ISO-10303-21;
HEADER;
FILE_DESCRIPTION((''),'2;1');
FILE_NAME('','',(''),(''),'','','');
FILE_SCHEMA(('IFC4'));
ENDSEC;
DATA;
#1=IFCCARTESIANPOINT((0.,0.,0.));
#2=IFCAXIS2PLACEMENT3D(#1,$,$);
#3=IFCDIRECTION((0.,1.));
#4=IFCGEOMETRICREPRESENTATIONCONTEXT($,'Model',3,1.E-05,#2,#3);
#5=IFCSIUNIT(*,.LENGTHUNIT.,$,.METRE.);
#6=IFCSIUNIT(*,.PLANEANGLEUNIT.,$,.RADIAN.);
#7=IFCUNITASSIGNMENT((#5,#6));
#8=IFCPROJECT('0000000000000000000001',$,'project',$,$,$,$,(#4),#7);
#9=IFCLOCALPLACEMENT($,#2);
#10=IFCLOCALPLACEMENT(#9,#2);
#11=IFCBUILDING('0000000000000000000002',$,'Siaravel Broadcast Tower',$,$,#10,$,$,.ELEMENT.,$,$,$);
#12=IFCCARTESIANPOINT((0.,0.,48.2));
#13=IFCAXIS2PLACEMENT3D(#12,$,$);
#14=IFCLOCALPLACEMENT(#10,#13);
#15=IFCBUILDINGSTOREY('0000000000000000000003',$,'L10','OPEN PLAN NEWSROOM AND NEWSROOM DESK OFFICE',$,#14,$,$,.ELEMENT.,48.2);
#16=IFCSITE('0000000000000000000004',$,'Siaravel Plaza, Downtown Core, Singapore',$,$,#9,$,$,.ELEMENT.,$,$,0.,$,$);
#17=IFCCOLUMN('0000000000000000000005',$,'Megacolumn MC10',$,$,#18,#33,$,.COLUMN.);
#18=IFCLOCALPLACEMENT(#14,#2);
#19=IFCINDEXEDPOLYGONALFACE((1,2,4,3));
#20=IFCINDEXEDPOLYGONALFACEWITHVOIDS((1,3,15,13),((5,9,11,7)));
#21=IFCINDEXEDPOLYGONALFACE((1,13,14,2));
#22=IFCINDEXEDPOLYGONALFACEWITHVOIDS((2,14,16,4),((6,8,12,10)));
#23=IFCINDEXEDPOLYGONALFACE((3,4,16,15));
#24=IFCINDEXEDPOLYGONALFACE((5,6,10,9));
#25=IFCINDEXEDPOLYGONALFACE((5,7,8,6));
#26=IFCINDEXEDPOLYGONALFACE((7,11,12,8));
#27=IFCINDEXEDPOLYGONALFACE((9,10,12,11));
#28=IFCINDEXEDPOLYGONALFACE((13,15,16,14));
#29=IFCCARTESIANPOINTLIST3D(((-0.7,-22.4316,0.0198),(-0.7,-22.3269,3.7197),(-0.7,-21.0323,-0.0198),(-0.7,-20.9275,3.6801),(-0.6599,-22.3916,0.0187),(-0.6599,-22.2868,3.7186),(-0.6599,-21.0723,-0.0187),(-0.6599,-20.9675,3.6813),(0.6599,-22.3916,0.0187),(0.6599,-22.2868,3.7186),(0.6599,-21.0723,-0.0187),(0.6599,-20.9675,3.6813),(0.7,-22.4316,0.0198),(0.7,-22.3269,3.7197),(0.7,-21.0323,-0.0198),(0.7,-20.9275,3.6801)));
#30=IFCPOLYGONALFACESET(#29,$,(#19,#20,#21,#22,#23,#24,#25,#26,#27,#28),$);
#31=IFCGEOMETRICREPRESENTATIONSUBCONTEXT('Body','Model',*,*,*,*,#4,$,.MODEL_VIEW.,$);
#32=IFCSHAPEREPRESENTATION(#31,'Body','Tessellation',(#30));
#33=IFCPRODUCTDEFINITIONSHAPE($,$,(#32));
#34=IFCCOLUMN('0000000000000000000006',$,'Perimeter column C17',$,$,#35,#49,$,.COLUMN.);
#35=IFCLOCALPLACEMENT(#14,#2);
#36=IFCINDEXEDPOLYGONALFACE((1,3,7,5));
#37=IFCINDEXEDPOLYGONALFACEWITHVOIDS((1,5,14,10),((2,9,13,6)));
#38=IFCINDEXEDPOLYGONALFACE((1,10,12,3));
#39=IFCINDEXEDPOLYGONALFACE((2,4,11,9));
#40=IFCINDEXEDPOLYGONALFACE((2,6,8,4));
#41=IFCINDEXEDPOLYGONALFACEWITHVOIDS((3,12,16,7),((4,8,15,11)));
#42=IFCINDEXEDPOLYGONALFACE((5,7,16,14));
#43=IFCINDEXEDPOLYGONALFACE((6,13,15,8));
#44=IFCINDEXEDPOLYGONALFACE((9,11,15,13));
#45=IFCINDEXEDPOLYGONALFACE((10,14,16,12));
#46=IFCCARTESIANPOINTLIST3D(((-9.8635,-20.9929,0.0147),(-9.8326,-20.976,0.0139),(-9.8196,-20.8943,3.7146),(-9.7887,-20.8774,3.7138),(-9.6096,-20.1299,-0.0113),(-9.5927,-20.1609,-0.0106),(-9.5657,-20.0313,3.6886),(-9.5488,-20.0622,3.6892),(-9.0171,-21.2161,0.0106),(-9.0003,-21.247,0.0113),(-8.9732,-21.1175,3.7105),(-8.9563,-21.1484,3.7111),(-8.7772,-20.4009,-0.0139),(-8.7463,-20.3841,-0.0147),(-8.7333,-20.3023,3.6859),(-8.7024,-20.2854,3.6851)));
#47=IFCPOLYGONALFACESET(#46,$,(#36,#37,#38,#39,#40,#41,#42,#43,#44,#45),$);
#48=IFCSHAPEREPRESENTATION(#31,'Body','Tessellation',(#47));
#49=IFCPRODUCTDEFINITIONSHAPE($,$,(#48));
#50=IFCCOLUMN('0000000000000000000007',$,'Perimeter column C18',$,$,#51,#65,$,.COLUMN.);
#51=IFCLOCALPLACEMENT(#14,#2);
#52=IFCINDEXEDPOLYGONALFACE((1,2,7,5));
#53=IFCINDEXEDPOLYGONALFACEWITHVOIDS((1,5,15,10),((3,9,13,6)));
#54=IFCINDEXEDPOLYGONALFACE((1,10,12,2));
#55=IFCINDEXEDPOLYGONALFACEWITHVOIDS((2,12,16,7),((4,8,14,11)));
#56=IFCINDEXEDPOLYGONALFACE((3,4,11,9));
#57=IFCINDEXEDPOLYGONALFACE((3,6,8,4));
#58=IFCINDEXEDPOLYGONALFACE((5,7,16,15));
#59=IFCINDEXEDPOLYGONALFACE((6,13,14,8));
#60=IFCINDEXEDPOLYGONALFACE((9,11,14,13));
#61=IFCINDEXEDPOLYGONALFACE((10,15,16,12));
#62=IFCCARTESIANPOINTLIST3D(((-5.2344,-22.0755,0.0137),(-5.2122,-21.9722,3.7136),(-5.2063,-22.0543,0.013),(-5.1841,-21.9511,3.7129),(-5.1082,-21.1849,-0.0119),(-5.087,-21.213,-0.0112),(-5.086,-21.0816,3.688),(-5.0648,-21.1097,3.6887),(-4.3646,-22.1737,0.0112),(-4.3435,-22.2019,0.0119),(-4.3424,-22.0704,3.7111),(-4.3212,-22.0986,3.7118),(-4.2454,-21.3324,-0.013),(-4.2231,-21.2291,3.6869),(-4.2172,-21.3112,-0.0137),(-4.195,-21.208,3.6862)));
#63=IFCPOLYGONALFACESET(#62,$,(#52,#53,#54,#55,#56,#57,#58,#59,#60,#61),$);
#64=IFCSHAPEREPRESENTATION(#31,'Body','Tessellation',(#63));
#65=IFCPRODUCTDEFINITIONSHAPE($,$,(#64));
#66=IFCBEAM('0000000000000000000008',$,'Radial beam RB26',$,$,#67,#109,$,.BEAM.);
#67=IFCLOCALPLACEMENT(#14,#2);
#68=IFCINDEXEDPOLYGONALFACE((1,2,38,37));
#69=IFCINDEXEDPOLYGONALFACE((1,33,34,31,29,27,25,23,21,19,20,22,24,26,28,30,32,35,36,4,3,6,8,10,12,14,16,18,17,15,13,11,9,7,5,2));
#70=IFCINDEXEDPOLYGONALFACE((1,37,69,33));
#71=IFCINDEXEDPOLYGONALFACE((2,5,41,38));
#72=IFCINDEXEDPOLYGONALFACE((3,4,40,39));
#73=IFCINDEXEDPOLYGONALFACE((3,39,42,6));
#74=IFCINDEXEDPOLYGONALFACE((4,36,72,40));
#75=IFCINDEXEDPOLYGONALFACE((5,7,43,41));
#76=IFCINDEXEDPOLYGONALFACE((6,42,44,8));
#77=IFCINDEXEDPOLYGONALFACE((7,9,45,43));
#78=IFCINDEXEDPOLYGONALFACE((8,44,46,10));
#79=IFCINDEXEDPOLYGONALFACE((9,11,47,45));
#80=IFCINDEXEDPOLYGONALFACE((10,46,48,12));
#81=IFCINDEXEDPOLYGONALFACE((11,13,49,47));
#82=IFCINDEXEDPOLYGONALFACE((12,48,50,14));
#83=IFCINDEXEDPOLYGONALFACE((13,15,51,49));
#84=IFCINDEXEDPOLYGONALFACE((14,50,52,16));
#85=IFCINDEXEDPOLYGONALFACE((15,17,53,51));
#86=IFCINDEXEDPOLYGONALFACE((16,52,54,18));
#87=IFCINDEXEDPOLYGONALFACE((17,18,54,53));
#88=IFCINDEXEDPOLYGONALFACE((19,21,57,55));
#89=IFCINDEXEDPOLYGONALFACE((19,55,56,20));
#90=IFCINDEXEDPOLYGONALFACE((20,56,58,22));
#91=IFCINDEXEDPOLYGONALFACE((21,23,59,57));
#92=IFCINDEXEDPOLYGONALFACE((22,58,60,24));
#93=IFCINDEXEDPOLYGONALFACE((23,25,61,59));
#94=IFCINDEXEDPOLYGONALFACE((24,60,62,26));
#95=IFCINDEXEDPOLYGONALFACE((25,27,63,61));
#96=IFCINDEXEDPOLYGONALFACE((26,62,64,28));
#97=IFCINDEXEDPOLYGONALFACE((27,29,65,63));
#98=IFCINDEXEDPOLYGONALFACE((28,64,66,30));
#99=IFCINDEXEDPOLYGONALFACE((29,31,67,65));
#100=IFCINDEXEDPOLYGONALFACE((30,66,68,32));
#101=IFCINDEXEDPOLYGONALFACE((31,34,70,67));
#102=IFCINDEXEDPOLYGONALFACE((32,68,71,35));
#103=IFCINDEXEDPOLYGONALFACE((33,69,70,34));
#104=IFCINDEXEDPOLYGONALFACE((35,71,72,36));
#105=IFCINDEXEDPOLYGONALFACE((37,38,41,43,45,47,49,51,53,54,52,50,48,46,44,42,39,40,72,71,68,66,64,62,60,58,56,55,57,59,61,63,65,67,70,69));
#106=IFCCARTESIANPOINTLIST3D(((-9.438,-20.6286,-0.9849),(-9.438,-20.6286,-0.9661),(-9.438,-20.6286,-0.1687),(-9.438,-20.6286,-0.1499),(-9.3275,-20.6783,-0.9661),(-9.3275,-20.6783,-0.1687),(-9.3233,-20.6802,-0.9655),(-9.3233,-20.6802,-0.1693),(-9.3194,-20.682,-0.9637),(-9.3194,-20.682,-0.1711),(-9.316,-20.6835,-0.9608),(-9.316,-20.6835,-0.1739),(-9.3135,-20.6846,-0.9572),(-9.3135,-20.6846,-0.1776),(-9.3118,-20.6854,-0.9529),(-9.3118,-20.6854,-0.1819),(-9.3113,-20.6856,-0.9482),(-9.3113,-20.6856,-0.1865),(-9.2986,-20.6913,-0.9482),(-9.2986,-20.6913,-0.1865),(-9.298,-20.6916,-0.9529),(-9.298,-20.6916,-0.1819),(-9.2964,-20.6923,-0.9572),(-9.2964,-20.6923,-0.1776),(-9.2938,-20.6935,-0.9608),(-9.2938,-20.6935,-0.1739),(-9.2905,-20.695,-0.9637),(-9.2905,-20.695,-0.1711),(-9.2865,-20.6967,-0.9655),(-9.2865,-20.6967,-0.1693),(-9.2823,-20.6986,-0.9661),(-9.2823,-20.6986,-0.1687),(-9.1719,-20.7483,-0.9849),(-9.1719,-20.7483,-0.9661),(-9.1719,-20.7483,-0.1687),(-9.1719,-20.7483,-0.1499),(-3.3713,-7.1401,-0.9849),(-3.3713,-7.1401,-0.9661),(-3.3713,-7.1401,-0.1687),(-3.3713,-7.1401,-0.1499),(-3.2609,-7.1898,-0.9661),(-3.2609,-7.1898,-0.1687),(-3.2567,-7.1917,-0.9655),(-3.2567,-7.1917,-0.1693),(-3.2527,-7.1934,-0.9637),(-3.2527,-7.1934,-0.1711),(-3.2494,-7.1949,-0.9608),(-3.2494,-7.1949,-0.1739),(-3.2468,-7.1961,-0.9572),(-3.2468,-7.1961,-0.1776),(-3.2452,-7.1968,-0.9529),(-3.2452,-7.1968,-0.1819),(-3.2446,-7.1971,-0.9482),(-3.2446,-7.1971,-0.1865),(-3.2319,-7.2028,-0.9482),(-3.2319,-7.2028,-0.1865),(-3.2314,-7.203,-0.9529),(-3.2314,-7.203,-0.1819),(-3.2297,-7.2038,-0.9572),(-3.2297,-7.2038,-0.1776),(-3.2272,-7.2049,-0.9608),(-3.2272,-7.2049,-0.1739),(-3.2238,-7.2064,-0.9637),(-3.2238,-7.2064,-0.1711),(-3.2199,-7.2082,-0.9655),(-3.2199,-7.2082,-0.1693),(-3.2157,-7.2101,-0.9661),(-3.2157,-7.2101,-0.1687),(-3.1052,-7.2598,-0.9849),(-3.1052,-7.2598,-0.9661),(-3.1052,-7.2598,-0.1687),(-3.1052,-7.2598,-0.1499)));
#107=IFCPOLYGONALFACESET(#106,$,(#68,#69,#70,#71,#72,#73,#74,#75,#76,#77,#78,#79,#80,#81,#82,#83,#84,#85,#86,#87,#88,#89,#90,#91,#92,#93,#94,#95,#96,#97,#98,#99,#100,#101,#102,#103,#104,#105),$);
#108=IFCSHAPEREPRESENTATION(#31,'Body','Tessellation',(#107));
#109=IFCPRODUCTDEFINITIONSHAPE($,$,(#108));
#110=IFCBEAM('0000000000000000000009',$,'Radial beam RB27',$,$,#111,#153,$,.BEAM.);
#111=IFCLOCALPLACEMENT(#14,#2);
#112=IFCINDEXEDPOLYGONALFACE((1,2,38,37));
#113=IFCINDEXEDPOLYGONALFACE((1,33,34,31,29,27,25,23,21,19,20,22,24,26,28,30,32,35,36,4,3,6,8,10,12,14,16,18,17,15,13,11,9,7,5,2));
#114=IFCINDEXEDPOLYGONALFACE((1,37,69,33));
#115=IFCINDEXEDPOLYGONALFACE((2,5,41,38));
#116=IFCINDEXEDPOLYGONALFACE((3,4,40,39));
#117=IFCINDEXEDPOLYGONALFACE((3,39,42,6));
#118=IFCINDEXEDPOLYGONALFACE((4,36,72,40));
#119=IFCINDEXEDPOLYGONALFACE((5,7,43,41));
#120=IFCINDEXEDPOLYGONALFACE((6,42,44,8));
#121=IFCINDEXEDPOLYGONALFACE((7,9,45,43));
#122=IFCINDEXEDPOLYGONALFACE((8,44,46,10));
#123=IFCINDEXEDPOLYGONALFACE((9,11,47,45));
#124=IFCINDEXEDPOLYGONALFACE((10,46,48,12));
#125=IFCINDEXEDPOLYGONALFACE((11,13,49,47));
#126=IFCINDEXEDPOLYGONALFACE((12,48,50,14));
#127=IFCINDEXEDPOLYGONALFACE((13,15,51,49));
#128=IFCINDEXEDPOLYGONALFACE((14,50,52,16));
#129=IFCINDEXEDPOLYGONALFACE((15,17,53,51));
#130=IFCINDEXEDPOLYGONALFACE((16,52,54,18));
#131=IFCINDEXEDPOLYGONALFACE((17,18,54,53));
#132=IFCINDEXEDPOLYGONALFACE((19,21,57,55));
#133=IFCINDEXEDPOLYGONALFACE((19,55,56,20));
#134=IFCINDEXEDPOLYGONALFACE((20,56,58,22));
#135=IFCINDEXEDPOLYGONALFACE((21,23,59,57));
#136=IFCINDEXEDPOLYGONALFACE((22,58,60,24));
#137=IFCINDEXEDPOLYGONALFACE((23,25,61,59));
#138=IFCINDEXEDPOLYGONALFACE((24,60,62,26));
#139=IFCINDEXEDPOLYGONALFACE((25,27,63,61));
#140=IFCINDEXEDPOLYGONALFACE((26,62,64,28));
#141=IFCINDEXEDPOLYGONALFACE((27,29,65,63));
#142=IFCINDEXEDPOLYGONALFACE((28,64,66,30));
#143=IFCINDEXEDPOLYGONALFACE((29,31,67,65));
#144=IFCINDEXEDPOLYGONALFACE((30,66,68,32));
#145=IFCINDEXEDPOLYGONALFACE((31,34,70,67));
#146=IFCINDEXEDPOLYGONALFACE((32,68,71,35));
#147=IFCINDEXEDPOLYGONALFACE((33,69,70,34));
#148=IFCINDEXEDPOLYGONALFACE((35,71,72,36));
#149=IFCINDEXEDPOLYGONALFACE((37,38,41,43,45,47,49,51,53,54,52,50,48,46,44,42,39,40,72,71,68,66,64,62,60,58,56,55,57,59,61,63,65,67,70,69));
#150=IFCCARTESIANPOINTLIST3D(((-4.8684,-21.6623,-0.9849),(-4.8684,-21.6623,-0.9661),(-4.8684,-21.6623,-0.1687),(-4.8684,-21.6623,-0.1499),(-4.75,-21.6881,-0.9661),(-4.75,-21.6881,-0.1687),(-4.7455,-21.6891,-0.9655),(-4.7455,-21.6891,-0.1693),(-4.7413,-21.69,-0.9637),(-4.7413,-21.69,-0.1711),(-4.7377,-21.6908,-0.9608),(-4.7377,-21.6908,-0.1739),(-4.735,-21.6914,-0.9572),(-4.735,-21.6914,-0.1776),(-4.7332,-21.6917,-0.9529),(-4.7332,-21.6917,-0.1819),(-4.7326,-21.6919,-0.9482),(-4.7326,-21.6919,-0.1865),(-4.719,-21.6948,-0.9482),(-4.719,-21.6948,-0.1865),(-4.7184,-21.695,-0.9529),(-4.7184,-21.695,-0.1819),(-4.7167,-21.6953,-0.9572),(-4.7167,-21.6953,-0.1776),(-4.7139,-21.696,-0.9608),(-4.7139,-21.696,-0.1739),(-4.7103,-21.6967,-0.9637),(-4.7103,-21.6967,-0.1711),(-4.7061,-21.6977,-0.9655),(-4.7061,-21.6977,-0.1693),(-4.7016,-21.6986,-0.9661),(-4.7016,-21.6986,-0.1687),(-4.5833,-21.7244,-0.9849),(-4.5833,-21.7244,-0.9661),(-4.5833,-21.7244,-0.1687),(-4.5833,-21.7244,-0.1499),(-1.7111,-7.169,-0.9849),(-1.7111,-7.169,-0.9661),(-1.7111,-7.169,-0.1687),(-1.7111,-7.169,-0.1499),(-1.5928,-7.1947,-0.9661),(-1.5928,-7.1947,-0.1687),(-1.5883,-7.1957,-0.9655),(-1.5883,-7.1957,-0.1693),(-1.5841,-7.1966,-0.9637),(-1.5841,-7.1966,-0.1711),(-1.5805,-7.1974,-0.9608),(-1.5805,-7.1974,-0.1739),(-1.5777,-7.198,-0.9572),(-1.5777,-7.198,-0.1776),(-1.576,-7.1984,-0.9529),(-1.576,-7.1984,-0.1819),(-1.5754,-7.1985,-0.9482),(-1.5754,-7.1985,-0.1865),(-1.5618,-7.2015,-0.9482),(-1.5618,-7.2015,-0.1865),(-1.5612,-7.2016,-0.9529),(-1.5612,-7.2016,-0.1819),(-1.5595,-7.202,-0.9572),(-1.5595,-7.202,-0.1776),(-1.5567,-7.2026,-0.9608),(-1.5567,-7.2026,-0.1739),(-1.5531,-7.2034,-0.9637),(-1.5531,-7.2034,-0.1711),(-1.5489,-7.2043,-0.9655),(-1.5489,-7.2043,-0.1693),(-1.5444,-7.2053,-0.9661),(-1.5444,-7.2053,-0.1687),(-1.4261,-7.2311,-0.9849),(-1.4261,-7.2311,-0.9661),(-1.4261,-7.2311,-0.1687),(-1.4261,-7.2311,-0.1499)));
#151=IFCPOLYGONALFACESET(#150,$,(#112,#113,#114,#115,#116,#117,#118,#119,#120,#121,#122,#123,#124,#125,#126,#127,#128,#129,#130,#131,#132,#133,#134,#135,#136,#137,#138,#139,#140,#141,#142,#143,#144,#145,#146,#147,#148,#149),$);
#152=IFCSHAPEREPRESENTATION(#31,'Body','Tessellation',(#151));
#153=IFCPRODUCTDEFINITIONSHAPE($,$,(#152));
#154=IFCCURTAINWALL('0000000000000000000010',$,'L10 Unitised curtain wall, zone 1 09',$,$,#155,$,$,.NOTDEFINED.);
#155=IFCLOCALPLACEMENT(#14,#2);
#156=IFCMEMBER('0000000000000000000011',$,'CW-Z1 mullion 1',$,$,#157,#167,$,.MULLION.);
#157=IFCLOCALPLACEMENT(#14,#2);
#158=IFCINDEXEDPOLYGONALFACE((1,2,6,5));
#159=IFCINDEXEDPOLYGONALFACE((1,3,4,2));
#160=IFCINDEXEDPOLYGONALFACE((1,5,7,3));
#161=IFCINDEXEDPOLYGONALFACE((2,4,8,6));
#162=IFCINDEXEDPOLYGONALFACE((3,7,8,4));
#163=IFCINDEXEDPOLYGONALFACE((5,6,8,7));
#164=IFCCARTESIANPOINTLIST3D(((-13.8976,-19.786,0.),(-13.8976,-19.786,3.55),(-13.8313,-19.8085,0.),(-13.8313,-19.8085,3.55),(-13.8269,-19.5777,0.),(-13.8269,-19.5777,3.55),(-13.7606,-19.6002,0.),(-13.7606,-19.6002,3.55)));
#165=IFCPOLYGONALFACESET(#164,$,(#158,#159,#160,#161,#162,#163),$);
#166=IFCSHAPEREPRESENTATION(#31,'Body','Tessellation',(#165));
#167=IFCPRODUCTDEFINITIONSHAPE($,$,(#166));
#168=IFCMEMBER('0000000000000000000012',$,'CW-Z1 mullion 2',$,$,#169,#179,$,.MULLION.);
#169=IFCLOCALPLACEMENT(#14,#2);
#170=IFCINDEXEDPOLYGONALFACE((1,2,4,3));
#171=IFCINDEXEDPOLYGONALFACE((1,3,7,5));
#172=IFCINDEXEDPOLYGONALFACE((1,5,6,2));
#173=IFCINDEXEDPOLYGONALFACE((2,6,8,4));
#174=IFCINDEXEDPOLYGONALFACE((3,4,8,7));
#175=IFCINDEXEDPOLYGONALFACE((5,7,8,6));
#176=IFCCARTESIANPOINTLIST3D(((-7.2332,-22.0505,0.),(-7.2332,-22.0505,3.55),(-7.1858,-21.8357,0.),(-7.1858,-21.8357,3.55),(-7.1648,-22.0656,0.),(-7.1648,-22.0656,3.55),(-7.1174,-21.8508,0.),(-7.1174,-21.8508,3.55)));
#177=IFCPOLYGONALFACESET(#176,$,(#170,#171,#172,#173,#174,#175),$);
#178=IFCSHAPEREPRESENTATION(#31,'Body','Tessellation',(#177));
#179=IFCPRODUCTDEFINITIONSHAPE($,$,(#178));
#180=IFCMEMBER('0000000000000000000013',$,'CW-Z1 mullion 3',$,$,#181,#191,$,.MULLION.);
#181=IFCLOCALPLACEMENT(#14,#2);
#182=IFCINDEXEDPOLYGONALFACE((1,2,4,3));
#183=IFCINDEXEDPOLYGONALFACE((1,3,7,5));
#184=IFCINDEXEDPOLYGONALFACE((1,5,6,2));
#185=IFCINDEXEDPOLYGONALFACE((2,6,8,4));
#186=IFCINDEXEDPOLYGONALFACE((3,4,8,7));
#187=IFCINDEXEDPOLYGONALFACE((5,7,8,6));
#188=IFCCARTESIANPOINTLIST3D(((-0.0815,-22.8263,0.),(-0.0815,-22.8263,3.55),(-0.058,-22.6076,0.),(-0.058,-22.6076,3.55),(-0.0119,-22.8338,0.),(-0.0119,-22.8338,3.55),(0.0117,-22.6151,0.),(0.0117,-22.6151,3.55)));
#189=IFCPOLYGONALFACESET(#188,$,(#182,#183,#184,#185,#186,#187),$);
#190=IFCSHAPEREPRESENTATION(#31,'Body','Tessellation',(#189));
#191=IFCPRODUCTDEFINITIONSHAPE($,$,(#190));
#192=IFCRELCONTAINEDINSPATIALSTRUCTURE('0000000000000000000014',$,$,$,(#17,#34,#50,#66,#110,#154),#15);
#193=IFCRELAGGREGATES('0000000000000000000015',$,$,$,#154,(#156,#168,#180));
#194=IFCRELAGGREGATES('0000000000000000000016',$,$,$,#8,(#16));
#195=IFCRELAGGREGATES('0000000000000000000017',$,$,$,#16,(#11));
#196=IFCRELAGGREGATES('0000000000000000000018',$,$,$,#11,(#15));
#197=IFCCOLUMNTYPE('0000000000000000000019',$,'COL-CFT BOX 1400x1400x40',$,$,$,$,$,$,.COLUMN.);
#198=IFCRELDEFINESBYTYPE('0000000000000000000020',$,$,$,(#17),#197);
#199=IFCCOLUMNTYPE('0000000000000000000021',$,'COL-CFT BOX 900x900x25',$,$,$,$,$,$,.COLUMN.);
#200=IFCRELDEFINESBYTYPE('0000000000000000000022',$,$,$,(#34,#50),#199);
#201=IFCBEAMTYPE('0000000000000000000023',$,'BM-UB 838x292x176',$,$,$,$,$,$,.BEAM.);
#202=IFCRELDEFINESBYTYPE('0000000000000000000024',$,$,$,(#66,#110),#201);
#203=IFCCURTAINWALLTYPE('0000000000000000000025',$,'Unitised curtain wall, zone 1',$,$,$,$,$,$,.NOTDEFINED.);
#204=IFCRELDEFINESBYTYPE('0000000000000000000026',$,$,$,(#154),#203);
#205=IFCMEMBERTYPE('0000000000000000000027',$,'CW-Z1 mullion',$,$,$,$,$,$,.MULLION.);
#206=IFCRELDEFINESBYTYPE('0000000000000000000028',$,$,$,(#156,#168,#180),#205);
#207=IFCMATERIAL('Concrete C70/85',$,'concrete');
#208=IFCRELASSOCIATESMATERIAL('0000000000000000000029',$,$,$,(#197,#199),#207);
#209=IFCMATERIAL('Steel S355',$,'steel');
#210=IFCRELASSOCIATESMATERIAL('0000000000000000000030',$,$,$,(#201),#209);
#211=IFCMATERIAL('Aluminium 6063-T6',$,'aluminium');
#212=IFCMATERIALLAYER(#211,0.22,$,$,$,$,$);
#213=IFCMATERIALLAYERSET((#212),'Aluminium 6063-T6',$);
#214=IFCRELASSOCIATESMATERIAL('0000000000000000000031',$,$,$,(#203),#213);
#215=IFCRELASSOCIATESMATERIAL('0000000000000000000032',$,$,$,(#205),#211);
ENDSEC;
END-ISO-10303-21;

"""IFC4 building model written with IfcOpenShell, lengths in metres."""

from ifc_helpers import new_model, si_unit, direction, frame, origin, origin_2d, place, context, subcontext, project, spatial, rectangle, hollow_rectangle, i_section, extrude, material, layer, layer_set, material_profile, profile_set, type_object, element, aggregate, save


model = new_model("IFC4")

# Units and contexts
model_context = context("Model", 3, precision=1e-05, world=origin(), true_north=direction((0.0, 1.0)))
body_context = subcontext(model_context, "Body", "Model", "MODEL_VIEW")
ifc_project = project(units=[si_unit("LENGTHUNIT", "METRE"), si_unit("PLANEANGLEUNIT", "RADIAN")], contexts=[model_context])

# Site, building, storey
site_placement = place(None, origin())
site = spatial("IfcSite", under=ifc_project, at=site_placement, Name="Siaravel Plaza, Downtown Core, Singapore", CompositionType="ELEMENT", RefElevation=0.0)
building_placement = place(site_placement, origin())
building = spatial("IfcBuilding", under=site, at=building_placement, Name="Siaravel Broadcast Tower", CompositionType="ELEMENT")
storey_placement = place(building_placement, frame((0.0, 0.0, 48.2)))
storey = spatial("IfcBuildingStorey", under=building, at=storey_placement, Name="L10", Description="OPEN PLAN NEWSROOM AND NEWSROOM DESK OFFICE", CompositionType="ELEMENT", Elevation=48.2)

# Columns
ifc_material_1 = material(Name="Concrete C70/85", Category="concrete")
ifc_material_profile_1 = material_profile(ifc_material_1, hollow_rectangle(XDim=1.3999, YDim=1.3999, WallThickness=0.04, at=origin_2d()))
ifc_profile_set_1 = profile_set([ifc_material_profile_1], Name="Concrete C70/85")
column_type_1 = type_object("IfcColumnType", Name="COL-CFT BOX 1400x1400x40", PredefinedType="COLUMN", material=ifc_profile_set_1)
column_placement = place(storey_placement, frame((0.0, -21.7319, 0.0), z_axis=(0.0, 0.028296, 0.9996), x_axis=(-1.0, 0.0, 0.0)))
element("IfcColumn", 1, at=column_placement, inside=storey, type_object=column_type_1, Name="Megacolumn MC10", PredefinedType="COLUMN", context=body_context, shape_type="SweptSolid", body=[
    extrude(hollow_rectangle(XDim=1.3999, YDim=1.3999, WallThickness=0.04, at=origin_2d()), origin(), (0.0, 0.0, 1.0), 3.7014),
])
ifc_material_profile_2 = material_profile(ifc_material_1, hollow_rectangle(XDim=0.8999, YDim=0.8999, WallThickness=0.0249, at=origin_2d()))
ifc_profile_set_2 = profile_set([ifc_material_profile_2], Name="Concrete C70/85")
column_type_2 = type_object("IfcColumnType", Name="COL-CFT BOX 900x900x25", PredefinedType="COLUMN", material=ifc_profile_set_2)
for number, where, z_axis, x_axis, name in (
    (2, (-9.3049, -20.6885, 0.0), (0.011872, 0.026647, 0.999574), (-0.959291, 0.282395, 0.003866), "Perimeter column C17"),
    (3, (-4.7258, -21.6934, 0.0), (0.006002, 0.0279, 0.999593), (-0.990091, 0.140411, 0.002026), "Perimeter column C18"),
):
    element("IfcColumn", number, at=place(storey_placement, frame(where, z_axis=z_axis, x_axis=x_axis)), inside=storey, type_object=column_type_2, Name=name, PredefinedType="COLUMN", context=body_context, shape_type="SweptSolid", body=[
        extrude(hollow_rectangle(XDim=0.8999, YDim=0.8999, WallThickness=0.0249, at=origin_2d()), origin(), (0.0, 0.0, 1.0), 3.7014),
    ])

# Beams
ifc_material_2 = material(Name="Steel S355", Category="steel")
ifc_material_profile_3 = material_profile(ifc_material_2, i_section(OverallWidth=0.2917, OverallDepth=0.835, WebThickness=0.0139, FlangeThickness=0.0188, FilletRadius=0.0178, at=origin_2d()))
ifc_profile_set_3 = profile_set([ifc_material_profile_3], Name="Steel S355")
beam_type = type_object("IfcBeamType", Name="BM-UB 838x292x176", PredefinedType="BEAM", material=ifc_profile_set_3)
beam_1_placement = place(storey_placement, frame((-9.3049, -20.6885, -0.5674), z_axis=(0.410186, 0.912002, 0.0), x_axis=(-0.912002, 0.410186, 0.0)))
element("IfcBeam", 4, at=beam_1_placement, inside=storey, type_object=beam_type, Name="Radial beam RB26", PredefinedType="BEAM", context=body_context, shape_type="SweptSolid", body=[
    extrude(i_section(OverallWidth=0.2917, OverallDepth=0.835, WebThickness=0.0139, FlangeThickness=0.0188, FilletRadius=0.0178, at=origin_2d()), origin(), (0.0, 0.0, 1.0), 14.79),
])
beam_2_placement = place(storey_placement, frame((-4.7258, -21.6934, -0.5674), z_axis=(0.212847, 0.977086, 0.0), x_axis=(-0.977086, 0.212847, 0.0)))
element("IfcBeam", 5, at=beam_2_placement, inside=storey, type_object=beam_type, Name="Radial beam RB27", PredefinedType="BEAM", context=body_context, shape_type="SweptSolid", body=[
    extrude(i_section(OverallWidth=0.2917, OverallDepth=0.835, WebThickness=0.0139, FlangeThickness=0.0188, FilletRadius=0.0178, at=origin_2d()), origin(), (0.0, 0.0, 1.0), 14.8333),
])

# Curtain wall, members
ifc_material_3 = material(Name="Aluminium 6063-T6", Category="aluminium")
ifc_layer_1 = layer(ifc_material_3, 0.22)
ifc_layer_set_1 = layer_set([ifc_layer_1], Name="Aluminium 6063-T6")
curtain_wall_type = type_object("IfcCurtainWallType", Name="Unitised curtain wall, zone 1", PredefinedType="NOTDEFINED", material=ifc_layer_set_1)
curtain_wall_placement = place(storey_placement, origin())
curtain_wall = element("IfcCurtainWall", 6, at=curtain_wall_placement, inside=storey, type_object=curtain_wall_type, Name="L10 Unitised curtain wall, zone 1 09", PredefinedType="NOTDEFINED")
ifc_material_profile_4 = material_profile(ifc_material_3, rectangle(XDim=0.22, YDim=0.0701, at=origin_2d()))
ifc_profile_set_4 = profile_set([ifc_material_profile_4], Name="Aluminium 6063-T6")
member_type_1 = type_object("IfcMemberType", Name="CW-Z1 mullion", PredefinedType="MULLION", material=ifc_profile_set_4)
member_1_placement = place(storey_placement, frame((-13.8291, -19.6931, 0.0), z_axis=(0.0, 0.0, 1.0), x_axis=(0.321301, 0.946977, 0.0)))
member_1 = element("IfcMember", 7, at=member_1_placement, type_object=member_type_1, Name="CW-Z1 mullion 1", PredefinedType="MULLION", context=body_context, shape_type="SweptSolid", body=[
    extrude(rectangle(XDim=0.22, YDim=0.0701, at=origin_2d()), origin(), (0.0, 0.0, 1.0), 3.55),
])
member_2_placement = place(storey_placement, frame((-7.1753, -21.9507, 0.0), z_axis=(0.0, 0.0, 1.0), x_axis=(0.215558, 0.976491, 0.0)))
member_2 = element("IfcMember", 8, at=member_2_placement, type_object=member_type_1, Name="CW-Z1 mullion 2", PredefinedType="MULLION", context=body_context, shape_type="SweptSolid", body=[
    extrude(rectangle(XDim=0.22, YDim=0.0701, at=origin_2d()), origin(), (0.0, 0.0, 1.0), 3.55),
])
member_3_placement = place(storey_placement, frame((-0.0349, -22.7207, 0.0), z_axis=(0.0, 0.0, 1.0), x_axis=(0.107218, 0.994236, 0.0)))
member_3 = element("IfcMember", 9, at=member_3_placement, type_object=member_type_1, Name="CW-Z1 mullion 3", PredefinedType="MULLION", context=body_context, shape_type="SweptSolid", body=[
    extrude(rectangle(XDim=0.22, YDim=0.0701, at=origin_2d()), origin(), (0.0, 0.0, 1.0), 3.55),
])

aggregate(curtain_wall, [member_1, member_2, member_3])

save(model, "model.ifc")
